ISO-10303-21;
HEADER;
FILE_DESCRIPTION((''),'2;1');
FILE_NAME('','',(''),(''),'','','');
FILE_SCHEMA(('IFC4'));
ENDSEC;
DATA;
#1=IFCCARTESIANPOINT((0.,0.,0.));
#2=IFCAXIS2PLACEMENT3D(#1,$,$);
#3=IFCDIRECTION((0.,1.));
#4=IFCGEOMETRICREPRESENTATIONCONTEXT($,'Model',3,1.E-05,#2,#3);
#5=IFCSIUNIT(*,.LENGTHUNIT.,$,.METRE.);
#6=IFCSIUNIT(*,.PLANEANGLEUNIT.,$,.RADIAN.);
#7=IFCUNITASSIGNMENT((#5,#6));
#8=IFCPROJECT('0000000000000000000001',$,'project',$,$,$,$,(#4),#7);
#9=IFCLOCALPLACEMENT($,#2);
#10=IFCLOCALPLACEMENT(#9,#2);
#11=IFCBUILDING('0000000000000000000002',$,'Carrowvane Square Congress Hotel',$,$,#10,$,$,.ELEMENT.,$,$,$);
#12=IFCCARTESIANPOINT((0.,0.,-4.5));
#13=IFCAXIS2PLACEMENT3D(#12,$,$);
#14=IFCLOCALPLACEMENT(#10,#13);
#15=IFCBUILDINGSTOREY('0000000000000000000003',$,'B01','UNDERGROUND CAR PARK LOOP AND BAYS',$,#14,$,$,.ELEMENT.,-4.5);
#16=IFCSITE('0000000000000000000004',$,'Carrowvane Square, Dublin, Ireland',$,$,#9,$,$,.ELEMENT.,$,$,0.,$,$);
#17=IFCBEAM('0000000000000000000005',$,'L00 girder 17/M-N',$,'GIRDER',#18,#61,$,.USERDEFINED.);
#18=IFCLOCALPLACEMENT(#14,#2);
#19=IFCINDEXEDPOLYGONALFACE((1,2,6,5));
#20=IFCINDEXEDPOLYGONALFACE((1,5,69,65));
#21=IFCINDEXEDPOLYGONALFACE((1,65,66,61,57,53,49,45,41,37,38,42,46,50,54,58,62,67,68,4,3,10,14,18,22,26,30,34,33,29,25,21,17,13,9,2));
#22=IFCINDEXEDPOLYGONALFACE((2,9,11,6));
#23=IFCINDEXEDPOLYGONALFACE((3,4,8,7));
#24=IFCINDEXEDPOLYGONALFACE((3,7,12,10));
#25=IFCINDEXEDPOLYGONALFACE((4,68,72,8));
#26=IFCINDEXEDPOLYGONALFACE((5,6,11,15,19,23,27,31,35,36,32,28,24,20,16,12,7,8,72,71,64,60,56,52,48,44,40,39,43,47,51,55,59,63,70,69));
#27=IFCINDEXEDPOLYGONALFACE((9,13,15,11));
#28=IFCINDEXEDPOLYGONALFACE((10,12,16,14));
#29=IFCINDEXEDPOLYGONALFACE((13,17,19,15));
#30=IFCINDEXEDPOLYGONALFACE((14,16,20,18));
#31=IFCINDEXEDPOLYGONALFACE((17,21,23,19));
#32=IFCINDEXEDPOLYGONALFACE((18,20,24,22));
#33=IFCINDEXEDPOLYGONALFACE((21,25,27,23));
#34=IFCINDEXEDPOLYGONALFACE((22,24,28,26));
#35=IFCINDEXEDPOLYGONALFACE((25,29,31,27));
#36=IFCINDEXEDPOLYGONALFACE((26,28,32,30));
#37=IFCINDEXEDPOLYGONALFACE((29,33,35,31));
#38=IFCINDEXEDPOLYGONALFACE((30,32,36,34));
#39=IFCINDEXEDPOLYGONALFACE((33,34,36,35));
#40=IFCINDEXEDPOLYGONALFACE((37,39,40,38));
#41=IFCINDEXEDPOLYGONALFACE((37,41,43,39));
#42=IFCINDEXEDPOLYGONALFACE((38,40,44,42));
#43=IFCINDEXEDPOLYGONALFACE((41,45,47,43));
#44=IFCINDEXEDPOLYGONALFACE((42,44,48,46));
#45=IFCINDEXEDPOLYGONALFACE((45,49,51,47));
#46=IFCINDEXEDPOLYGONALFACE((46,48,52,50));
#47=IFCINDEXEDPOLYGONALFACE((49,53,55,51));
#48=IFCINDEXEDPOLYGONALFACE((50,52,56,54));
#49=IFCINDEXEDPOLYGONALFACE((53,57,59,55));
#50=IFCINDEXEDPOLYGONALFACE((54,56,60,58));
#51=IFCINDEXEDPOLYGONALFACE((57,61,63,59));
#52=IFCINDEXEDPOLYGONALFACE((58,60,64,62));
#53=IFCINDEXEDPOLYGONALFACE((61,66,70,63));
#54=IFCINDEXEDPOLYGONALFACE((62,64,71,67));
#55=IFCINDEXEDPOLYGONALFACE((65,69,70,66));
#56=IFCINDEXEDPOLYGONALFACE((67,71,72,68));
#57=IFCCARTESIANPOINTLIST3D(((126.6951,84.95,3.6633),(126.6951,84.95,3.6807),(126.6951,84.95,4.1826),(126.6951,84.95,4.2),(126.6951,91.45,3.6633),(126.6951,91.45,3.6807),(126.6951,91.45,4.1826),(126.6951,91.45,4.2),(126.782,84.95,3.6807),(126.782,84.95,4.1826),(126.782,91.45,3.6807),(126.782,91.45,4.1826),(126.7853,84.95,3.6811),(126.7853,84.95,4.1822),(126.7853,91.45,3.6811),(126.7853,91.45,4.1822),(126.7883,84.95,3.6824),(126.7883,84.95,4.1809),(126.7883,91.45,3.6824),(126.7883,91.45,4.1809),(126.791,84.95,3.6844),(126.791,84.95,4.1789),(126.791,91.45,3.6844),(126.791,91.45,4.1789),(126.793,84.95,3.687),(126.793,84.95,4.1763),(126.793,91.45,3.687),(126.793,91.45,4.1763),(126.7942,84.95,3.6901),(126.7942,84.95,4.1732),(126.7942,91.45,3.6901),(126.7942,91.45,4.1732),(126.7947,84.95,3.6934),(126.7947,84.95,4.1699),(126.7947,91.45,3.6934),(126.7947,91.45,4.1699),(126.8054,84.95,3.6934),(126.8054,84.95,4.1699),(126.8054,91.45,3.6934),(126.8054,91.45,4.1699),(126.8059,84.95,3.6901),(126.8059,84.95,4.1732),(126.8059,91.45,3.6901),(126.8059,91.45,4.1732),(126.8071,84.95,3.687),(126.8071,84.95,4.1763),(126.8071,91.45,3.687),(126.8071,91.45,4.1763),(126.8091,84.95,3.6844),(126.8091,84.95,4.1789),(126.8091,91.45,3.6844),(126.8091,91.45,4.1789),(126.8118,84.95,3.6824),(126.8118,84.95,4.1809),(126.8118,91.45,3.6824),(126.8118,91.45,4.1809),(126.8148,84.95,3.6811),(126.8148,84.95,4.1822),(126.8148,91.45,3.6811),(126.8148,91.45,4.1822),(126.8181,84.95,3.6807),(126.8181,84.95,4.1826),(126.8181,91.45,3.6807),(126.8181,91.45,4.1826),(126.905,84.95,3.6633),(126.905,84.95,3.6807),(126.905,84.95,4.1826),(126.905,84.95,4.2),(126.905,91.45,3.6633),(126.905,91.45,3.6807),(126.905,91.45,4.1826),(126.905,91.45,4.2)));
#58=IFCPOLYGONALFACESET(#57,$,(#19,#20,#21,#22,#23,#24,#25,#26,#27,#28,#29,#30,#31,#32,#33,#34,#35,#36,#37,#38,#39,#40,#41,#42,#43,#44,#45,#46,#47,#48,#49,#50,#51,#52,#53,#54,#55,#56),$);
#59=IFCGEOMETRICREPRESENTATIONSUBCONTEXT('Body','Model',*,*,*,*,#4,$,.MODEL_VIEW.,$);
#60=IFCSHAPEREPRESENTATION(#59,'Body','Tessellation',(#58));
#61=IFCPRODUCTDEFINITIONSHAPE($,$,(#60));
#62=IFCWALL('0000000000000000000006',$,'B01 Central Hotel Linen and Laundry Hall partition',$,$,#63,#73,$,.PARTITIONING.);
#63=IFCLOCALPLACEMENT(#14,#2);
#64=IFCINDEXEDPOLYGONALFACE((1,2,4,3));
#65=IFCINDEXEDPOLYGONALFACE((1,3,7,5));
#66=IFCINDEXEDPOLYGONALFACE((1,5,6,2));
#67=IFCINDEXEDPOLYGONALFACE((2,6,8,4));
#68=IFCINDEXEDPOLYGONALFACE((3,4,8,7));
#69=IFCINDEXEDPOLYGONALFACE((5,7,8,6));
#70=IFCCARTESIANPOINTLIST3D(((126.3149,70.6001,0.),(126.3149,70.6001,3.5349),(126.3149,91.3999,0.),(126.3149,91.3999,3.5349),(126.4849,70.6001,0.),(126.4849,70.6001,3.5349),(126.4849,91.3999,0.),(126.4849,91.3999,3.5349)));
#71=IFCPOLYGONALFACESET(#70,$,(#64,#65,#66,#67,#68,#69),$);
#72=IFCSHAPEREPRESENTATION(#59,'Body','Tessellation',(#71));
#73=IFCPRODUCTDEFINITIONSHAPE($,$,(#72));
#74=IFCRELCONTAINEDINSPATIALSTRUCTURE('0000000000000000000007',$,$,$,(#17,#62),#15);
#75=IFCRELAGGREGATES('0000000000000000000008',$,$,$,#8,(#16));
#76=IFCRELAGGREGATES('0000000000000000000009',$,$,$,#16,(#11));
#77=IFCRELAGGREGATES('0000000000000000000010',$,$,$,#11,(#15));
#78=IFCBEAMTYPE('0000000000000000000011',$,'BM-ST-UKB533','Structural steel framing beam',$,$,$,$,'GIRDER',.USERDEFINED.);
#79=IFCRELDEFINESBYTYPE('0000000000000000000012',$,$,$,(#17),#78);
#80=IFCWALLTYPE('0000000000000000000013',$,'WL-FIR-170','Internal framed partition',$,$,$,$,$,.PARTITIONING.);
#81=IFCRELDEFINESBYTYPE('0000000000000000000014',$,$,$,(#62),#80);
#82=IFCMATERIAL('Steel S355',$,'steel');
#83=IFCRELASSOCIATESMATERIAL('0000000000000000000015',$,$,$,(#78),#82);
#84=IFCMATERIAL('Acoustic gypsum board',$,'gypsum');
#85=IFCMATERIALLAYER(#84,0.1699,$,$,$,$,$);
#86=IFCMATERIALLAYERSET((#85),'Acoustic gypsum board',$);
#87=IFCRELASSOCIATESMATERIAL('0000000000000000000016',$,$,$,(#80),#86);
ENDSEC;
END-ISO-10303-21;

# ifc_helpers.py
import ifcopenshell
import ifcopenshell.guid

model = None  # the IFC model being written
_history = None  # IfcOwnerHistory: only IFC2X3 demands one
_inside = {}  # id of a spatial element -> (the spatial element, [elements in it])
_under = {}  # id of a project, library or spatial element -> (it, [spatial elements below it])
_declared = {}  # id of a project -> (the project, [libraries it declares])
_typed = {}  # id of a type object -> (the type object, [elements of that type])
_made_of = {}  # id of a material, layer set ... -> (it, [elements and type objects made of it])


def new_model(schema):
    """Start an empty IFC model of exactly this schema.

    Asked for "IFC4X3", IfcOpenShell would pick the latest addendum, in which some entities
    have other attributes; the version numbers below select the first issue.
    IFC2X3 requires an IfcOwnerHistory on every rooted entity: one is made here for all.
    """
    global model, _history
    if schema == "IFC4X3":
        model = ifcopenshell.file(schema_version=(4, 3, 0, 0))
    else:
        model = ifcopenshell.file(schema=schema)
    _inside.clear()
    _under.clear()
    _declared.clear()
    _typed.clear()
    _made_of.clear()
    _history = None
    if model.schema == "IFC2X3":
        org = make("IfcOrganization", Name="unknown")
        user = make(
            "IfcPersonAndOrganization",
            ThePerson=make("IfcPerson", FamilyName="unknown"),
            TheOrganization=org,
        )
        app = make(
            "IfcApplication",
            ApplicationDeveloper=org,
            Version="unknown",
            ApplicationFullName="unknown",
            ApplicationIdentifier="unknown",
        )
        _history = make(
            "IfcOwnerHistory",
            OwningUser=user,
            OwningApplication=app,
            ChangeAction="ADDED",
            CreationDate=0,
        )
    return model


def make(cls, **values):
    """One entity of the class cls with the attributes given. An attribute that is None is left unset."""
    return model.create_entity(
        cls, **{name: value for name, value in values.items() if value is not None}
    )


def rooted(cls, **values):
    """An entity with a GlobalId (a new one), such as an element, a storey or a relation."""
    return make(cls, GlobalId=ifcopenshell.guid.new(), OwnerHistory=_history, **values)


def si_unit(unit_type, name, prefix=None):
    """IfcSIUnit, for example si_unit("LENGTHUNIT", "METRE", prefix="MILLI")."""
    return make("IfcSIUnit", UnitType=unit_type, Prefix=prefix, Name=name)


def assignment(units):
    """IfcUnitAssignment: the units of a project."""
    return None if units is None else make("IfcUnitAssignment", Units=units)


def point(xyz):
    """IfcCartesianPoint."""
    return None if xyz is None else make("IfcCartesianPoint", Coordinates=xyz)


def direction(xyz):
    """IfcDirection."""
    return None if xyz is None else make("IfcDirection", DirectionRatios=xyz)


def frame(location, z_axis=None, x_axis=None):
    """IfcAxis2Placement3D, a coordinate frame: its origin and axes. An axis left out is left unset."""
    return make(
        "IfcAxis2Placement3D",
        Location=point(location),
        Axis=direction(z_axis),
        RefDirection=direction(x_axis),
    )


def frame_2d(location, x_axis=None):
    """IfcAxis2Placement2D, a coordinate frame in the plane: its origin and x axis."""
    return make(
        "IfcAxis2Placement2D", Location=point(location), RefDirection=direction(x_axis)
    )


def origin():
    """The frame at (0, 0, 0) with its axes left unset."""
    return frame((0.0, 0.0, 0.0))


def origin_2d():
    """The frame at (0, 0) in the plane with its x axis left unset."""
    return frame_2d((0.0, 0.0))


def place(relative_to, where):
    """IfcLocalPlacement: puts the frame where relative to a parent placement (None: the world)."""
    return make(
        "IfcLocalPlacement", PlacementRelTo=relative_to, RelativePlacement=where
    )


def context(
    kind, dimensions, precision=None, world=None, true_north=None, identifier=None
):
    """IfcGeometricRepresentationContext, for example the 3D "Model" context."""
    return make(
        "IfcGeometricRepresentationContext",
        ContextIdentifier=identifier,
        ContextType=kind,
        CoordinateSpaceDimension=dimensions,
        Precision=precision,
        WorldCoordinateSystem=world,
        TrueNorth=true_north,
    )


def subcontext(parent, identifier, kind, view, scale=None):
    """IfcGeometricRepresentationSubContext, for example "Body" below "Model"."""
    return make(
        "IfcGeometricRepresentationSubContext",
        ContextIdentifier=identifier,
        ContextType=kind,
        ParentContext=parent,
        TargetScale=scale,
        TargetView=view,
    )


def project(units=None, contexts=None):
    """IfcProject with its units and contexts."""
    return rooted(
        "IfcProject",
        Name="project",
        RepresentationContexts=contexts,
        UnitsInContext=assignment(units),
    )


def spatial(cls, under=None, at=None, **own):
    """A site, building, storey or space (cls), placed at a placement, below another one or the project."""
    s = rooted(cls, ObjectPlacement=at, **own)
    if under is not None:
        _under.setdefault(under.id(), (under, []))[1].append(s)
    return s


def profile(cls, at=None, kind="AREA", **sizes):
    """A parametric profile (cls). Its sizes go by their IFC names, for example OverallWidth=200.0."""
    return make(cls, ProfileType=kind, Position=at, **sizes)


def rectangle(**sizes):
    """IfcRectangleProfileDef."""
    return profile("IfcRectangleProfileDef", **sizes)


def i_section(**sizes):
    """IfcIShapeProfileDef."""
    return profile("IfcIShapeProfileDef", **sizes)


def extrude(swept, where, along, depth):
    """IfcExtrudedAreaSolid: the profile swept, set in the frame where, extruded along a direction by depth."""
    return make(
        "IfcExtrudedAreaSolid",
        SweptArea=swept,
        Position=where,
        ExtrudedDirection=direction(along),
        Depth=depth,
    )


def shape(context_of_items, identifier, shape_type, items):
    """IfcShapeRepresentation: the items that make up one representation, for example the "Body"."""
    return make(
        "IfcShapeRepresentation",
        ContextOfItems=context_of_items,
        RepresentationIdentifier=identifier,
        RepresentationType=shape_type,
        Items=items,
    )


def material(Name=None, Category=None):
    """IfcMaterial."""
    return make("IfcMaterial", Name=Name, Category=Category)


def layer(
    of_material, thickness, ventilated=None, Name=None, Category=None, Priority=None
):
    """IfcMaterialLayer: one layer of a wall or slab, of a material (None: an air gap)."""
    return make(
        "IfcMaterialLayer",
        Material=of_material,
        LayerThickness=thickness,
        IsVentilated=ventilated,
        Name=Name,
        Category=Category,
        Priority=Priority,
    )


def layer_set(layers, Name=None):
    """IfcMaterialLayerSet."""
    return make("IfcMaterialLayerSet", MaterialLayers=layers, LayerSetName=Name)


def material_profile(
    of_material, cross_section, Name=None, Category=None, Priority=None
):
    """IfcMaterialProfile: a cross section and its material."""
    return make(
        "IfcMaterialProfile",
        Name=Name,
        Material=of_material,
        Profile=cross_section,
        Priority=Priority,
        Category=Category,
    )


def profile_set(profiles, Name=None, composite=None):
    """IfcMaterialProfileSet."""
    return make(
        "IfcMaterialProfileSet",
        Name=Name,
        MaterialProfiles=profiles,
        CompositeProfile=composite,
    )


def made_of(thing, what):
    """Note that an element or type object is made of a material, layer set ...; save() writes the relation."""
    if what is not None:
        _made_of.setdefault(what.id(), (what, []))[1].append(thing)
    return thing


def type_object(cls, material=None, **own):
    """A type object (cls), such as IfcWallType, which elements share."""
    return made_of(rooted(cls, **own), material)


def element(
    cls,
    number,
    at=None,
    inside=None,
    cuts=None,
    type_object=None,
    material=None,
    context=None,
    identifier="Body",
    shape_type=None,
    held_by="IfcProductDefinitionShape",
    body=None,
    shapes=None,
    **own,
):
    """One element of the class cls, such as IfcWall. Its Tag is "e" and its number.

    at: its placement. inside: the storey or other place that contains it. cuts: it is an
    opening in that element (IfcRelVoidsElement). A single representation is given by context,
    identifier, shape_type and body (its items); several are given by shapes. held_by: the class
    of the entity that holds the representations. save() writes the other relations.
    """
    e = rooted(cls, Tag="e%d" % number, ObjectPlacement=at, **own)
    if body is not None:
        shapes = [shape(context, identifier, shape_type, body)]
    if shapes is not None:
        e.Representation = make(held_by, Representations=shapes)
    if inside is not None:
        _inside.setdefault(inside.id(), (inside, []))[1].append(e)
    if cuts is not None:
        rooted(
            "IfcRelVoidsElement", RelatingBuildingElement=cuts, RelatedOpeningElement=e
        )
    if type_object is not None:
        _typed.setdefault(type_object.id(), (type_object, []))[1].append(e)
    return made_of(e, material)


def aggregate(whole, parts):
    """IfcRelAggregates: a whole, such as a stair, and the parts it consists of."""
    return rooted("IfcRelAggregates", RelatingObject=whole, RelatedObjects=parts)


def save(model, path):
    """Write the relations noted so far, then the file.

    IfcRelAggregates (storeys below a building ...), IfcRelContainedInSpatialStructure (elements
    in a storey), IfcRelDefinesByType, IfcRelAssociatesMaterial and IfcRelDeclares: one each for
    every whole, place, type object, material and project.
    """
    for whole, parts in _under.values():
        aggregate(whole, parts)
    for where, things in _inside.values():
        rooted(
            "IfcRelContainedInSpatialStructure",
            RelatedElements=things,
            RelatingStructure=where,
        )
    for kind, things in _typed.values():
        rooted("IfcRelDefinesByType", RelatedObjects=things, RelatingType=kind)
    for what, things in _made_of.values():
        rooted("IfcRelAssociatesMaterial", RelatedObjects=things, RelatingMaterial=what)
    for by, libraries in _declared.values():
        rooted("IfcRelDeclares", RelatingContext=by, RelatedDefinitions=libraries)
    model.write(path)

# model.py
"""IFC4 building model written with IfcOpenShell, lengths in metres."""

from ifc_helpers import new_model, si_unit, direction, frame, frame_2d, origin, origin_2d, place, context, subcontext, project, spatial, rectangle, i_section, extrude, material, layer, layer_set, material_profile, profile_set, type_object, element, save


model = new_model("IFC4")

# Units and contexts
model_context = context("Model", 3, precision=1e-05, world=origin(), true_north=direction((0.0, 1.0)))
body_context = subcontext(model_context, "Body", "Model", "MODEL_VIEW")
ifc_project = project(units=[si_unit("LENGTHUNIT", "METRE"), si_unit("PLANEANGLEUNIT", "RADIAN")], contexts=[model_context])

# Site, building, storey
site_placement = place(None, origin())
site = spatial("IfcSite", under=ifc_project, at=site_placement, Name="Carrowvane Square, Dublin, Ireland", CompositionType="ELEMENT", RefElevation=0.0)
building_placement = place(site_placement, origin())
building = spatial("IfcBuilding", under=site, at=building_placement, Name="Carrowvane Square Congress Hotel", CompositionType="ELEMENT")
storey_placement = place(building_placement, frame((0.0, 0.0, -4.5)))
storey = spatial("IfcBuildingStorey", under=building, at=storey_placement, Name="B01", Description="UNDERGROUND CAR PARK LOOP AND BAYS", CompositionType="ELEMENT", Elevation=-4.5)

# Beam
ifc_material_1 = material(Name="Steel S355", Category="steel")
ifc_material_profile_1 = material_profile(ifc_material_1, i_section(OverallWidth=0.21, OverallDepth=0.5366, WebThickness=0.0107, FlangeThickness=0.0173, FilletRadius=0.0127, at=origin_2d()), Name="UKB 533x210x101")
ifc_profile_set_1 = profile_set([ifc_material_profile_1], Name="Steel S355")
beam_type_1 = type_object("IfcBeamType", Name="BM-ST-UKB533", Description="Structural steel framing beam", ElementType="GIRDER", PredefinedType="USERDEFINED", material=ifc_profile_set_1)
beam_1_placement = place(storey_placement, frame((126.8, 84.95, 3.9316), z_axis=(0.0, 1.0, 0.0), x_axis=(-1.0, 0.0, 0.0)))
element("IfcBeam", 1, at=beam_1_placement, inside=storey, type_object=beam_type_1, Name="L00 girder 17/M-N", ObjectType="GIRDER", PredefinedType="USERDEFINED", context=body_context, shape_type="SweptSolid", body=[
    extrude(i_section(OverallWidth=0.21, OverallDepth=0.5366, WebThickness=0.0107, FlangeThickness=0.0173, FilletRadius=0.0127, at=origin_2d()), origin(), (0.0, 0.0, 1.0), 6.5),
])

# Wall
ifc_material_2 = material(Name="Acoustic gypsum board", Category="gypsum")
ifc_layer = layer(ifc_material_2, 0.1699)
ifc_layer_set = layer_set([ifc_layer], Name="Acoustic gypsum board")
wall_type = type_object("IfcWallType", Name="WL-FIR-170", Description="Internal framed partition", PredefinedType="PARTITIONING", material=ifc_layer_set)
wall_placement = place(storey_placement, frame((126.3999, 91.3999, 0.0), z_axis=(0.0, 0.0, 1.0), x_axis=(0.0, -1.0, 0.0)))
element("IfcWall", 2, at=wall_placement, inside=storey, type_object=wall_type, Name="B01 Central Hotel Linen and Laundry Hall partition", PredefinedType="PARTITIONING", context=body_context, shape_type="SweptSolid", body=[
    extrude(rectangle(XDim=20.7998, YDim=0.1699, at=frame_2d((10.3999, 0.0))), origin(), (0.0, 0.0, 1.0), 3.5349),
])

save(model, "model.ifc")
